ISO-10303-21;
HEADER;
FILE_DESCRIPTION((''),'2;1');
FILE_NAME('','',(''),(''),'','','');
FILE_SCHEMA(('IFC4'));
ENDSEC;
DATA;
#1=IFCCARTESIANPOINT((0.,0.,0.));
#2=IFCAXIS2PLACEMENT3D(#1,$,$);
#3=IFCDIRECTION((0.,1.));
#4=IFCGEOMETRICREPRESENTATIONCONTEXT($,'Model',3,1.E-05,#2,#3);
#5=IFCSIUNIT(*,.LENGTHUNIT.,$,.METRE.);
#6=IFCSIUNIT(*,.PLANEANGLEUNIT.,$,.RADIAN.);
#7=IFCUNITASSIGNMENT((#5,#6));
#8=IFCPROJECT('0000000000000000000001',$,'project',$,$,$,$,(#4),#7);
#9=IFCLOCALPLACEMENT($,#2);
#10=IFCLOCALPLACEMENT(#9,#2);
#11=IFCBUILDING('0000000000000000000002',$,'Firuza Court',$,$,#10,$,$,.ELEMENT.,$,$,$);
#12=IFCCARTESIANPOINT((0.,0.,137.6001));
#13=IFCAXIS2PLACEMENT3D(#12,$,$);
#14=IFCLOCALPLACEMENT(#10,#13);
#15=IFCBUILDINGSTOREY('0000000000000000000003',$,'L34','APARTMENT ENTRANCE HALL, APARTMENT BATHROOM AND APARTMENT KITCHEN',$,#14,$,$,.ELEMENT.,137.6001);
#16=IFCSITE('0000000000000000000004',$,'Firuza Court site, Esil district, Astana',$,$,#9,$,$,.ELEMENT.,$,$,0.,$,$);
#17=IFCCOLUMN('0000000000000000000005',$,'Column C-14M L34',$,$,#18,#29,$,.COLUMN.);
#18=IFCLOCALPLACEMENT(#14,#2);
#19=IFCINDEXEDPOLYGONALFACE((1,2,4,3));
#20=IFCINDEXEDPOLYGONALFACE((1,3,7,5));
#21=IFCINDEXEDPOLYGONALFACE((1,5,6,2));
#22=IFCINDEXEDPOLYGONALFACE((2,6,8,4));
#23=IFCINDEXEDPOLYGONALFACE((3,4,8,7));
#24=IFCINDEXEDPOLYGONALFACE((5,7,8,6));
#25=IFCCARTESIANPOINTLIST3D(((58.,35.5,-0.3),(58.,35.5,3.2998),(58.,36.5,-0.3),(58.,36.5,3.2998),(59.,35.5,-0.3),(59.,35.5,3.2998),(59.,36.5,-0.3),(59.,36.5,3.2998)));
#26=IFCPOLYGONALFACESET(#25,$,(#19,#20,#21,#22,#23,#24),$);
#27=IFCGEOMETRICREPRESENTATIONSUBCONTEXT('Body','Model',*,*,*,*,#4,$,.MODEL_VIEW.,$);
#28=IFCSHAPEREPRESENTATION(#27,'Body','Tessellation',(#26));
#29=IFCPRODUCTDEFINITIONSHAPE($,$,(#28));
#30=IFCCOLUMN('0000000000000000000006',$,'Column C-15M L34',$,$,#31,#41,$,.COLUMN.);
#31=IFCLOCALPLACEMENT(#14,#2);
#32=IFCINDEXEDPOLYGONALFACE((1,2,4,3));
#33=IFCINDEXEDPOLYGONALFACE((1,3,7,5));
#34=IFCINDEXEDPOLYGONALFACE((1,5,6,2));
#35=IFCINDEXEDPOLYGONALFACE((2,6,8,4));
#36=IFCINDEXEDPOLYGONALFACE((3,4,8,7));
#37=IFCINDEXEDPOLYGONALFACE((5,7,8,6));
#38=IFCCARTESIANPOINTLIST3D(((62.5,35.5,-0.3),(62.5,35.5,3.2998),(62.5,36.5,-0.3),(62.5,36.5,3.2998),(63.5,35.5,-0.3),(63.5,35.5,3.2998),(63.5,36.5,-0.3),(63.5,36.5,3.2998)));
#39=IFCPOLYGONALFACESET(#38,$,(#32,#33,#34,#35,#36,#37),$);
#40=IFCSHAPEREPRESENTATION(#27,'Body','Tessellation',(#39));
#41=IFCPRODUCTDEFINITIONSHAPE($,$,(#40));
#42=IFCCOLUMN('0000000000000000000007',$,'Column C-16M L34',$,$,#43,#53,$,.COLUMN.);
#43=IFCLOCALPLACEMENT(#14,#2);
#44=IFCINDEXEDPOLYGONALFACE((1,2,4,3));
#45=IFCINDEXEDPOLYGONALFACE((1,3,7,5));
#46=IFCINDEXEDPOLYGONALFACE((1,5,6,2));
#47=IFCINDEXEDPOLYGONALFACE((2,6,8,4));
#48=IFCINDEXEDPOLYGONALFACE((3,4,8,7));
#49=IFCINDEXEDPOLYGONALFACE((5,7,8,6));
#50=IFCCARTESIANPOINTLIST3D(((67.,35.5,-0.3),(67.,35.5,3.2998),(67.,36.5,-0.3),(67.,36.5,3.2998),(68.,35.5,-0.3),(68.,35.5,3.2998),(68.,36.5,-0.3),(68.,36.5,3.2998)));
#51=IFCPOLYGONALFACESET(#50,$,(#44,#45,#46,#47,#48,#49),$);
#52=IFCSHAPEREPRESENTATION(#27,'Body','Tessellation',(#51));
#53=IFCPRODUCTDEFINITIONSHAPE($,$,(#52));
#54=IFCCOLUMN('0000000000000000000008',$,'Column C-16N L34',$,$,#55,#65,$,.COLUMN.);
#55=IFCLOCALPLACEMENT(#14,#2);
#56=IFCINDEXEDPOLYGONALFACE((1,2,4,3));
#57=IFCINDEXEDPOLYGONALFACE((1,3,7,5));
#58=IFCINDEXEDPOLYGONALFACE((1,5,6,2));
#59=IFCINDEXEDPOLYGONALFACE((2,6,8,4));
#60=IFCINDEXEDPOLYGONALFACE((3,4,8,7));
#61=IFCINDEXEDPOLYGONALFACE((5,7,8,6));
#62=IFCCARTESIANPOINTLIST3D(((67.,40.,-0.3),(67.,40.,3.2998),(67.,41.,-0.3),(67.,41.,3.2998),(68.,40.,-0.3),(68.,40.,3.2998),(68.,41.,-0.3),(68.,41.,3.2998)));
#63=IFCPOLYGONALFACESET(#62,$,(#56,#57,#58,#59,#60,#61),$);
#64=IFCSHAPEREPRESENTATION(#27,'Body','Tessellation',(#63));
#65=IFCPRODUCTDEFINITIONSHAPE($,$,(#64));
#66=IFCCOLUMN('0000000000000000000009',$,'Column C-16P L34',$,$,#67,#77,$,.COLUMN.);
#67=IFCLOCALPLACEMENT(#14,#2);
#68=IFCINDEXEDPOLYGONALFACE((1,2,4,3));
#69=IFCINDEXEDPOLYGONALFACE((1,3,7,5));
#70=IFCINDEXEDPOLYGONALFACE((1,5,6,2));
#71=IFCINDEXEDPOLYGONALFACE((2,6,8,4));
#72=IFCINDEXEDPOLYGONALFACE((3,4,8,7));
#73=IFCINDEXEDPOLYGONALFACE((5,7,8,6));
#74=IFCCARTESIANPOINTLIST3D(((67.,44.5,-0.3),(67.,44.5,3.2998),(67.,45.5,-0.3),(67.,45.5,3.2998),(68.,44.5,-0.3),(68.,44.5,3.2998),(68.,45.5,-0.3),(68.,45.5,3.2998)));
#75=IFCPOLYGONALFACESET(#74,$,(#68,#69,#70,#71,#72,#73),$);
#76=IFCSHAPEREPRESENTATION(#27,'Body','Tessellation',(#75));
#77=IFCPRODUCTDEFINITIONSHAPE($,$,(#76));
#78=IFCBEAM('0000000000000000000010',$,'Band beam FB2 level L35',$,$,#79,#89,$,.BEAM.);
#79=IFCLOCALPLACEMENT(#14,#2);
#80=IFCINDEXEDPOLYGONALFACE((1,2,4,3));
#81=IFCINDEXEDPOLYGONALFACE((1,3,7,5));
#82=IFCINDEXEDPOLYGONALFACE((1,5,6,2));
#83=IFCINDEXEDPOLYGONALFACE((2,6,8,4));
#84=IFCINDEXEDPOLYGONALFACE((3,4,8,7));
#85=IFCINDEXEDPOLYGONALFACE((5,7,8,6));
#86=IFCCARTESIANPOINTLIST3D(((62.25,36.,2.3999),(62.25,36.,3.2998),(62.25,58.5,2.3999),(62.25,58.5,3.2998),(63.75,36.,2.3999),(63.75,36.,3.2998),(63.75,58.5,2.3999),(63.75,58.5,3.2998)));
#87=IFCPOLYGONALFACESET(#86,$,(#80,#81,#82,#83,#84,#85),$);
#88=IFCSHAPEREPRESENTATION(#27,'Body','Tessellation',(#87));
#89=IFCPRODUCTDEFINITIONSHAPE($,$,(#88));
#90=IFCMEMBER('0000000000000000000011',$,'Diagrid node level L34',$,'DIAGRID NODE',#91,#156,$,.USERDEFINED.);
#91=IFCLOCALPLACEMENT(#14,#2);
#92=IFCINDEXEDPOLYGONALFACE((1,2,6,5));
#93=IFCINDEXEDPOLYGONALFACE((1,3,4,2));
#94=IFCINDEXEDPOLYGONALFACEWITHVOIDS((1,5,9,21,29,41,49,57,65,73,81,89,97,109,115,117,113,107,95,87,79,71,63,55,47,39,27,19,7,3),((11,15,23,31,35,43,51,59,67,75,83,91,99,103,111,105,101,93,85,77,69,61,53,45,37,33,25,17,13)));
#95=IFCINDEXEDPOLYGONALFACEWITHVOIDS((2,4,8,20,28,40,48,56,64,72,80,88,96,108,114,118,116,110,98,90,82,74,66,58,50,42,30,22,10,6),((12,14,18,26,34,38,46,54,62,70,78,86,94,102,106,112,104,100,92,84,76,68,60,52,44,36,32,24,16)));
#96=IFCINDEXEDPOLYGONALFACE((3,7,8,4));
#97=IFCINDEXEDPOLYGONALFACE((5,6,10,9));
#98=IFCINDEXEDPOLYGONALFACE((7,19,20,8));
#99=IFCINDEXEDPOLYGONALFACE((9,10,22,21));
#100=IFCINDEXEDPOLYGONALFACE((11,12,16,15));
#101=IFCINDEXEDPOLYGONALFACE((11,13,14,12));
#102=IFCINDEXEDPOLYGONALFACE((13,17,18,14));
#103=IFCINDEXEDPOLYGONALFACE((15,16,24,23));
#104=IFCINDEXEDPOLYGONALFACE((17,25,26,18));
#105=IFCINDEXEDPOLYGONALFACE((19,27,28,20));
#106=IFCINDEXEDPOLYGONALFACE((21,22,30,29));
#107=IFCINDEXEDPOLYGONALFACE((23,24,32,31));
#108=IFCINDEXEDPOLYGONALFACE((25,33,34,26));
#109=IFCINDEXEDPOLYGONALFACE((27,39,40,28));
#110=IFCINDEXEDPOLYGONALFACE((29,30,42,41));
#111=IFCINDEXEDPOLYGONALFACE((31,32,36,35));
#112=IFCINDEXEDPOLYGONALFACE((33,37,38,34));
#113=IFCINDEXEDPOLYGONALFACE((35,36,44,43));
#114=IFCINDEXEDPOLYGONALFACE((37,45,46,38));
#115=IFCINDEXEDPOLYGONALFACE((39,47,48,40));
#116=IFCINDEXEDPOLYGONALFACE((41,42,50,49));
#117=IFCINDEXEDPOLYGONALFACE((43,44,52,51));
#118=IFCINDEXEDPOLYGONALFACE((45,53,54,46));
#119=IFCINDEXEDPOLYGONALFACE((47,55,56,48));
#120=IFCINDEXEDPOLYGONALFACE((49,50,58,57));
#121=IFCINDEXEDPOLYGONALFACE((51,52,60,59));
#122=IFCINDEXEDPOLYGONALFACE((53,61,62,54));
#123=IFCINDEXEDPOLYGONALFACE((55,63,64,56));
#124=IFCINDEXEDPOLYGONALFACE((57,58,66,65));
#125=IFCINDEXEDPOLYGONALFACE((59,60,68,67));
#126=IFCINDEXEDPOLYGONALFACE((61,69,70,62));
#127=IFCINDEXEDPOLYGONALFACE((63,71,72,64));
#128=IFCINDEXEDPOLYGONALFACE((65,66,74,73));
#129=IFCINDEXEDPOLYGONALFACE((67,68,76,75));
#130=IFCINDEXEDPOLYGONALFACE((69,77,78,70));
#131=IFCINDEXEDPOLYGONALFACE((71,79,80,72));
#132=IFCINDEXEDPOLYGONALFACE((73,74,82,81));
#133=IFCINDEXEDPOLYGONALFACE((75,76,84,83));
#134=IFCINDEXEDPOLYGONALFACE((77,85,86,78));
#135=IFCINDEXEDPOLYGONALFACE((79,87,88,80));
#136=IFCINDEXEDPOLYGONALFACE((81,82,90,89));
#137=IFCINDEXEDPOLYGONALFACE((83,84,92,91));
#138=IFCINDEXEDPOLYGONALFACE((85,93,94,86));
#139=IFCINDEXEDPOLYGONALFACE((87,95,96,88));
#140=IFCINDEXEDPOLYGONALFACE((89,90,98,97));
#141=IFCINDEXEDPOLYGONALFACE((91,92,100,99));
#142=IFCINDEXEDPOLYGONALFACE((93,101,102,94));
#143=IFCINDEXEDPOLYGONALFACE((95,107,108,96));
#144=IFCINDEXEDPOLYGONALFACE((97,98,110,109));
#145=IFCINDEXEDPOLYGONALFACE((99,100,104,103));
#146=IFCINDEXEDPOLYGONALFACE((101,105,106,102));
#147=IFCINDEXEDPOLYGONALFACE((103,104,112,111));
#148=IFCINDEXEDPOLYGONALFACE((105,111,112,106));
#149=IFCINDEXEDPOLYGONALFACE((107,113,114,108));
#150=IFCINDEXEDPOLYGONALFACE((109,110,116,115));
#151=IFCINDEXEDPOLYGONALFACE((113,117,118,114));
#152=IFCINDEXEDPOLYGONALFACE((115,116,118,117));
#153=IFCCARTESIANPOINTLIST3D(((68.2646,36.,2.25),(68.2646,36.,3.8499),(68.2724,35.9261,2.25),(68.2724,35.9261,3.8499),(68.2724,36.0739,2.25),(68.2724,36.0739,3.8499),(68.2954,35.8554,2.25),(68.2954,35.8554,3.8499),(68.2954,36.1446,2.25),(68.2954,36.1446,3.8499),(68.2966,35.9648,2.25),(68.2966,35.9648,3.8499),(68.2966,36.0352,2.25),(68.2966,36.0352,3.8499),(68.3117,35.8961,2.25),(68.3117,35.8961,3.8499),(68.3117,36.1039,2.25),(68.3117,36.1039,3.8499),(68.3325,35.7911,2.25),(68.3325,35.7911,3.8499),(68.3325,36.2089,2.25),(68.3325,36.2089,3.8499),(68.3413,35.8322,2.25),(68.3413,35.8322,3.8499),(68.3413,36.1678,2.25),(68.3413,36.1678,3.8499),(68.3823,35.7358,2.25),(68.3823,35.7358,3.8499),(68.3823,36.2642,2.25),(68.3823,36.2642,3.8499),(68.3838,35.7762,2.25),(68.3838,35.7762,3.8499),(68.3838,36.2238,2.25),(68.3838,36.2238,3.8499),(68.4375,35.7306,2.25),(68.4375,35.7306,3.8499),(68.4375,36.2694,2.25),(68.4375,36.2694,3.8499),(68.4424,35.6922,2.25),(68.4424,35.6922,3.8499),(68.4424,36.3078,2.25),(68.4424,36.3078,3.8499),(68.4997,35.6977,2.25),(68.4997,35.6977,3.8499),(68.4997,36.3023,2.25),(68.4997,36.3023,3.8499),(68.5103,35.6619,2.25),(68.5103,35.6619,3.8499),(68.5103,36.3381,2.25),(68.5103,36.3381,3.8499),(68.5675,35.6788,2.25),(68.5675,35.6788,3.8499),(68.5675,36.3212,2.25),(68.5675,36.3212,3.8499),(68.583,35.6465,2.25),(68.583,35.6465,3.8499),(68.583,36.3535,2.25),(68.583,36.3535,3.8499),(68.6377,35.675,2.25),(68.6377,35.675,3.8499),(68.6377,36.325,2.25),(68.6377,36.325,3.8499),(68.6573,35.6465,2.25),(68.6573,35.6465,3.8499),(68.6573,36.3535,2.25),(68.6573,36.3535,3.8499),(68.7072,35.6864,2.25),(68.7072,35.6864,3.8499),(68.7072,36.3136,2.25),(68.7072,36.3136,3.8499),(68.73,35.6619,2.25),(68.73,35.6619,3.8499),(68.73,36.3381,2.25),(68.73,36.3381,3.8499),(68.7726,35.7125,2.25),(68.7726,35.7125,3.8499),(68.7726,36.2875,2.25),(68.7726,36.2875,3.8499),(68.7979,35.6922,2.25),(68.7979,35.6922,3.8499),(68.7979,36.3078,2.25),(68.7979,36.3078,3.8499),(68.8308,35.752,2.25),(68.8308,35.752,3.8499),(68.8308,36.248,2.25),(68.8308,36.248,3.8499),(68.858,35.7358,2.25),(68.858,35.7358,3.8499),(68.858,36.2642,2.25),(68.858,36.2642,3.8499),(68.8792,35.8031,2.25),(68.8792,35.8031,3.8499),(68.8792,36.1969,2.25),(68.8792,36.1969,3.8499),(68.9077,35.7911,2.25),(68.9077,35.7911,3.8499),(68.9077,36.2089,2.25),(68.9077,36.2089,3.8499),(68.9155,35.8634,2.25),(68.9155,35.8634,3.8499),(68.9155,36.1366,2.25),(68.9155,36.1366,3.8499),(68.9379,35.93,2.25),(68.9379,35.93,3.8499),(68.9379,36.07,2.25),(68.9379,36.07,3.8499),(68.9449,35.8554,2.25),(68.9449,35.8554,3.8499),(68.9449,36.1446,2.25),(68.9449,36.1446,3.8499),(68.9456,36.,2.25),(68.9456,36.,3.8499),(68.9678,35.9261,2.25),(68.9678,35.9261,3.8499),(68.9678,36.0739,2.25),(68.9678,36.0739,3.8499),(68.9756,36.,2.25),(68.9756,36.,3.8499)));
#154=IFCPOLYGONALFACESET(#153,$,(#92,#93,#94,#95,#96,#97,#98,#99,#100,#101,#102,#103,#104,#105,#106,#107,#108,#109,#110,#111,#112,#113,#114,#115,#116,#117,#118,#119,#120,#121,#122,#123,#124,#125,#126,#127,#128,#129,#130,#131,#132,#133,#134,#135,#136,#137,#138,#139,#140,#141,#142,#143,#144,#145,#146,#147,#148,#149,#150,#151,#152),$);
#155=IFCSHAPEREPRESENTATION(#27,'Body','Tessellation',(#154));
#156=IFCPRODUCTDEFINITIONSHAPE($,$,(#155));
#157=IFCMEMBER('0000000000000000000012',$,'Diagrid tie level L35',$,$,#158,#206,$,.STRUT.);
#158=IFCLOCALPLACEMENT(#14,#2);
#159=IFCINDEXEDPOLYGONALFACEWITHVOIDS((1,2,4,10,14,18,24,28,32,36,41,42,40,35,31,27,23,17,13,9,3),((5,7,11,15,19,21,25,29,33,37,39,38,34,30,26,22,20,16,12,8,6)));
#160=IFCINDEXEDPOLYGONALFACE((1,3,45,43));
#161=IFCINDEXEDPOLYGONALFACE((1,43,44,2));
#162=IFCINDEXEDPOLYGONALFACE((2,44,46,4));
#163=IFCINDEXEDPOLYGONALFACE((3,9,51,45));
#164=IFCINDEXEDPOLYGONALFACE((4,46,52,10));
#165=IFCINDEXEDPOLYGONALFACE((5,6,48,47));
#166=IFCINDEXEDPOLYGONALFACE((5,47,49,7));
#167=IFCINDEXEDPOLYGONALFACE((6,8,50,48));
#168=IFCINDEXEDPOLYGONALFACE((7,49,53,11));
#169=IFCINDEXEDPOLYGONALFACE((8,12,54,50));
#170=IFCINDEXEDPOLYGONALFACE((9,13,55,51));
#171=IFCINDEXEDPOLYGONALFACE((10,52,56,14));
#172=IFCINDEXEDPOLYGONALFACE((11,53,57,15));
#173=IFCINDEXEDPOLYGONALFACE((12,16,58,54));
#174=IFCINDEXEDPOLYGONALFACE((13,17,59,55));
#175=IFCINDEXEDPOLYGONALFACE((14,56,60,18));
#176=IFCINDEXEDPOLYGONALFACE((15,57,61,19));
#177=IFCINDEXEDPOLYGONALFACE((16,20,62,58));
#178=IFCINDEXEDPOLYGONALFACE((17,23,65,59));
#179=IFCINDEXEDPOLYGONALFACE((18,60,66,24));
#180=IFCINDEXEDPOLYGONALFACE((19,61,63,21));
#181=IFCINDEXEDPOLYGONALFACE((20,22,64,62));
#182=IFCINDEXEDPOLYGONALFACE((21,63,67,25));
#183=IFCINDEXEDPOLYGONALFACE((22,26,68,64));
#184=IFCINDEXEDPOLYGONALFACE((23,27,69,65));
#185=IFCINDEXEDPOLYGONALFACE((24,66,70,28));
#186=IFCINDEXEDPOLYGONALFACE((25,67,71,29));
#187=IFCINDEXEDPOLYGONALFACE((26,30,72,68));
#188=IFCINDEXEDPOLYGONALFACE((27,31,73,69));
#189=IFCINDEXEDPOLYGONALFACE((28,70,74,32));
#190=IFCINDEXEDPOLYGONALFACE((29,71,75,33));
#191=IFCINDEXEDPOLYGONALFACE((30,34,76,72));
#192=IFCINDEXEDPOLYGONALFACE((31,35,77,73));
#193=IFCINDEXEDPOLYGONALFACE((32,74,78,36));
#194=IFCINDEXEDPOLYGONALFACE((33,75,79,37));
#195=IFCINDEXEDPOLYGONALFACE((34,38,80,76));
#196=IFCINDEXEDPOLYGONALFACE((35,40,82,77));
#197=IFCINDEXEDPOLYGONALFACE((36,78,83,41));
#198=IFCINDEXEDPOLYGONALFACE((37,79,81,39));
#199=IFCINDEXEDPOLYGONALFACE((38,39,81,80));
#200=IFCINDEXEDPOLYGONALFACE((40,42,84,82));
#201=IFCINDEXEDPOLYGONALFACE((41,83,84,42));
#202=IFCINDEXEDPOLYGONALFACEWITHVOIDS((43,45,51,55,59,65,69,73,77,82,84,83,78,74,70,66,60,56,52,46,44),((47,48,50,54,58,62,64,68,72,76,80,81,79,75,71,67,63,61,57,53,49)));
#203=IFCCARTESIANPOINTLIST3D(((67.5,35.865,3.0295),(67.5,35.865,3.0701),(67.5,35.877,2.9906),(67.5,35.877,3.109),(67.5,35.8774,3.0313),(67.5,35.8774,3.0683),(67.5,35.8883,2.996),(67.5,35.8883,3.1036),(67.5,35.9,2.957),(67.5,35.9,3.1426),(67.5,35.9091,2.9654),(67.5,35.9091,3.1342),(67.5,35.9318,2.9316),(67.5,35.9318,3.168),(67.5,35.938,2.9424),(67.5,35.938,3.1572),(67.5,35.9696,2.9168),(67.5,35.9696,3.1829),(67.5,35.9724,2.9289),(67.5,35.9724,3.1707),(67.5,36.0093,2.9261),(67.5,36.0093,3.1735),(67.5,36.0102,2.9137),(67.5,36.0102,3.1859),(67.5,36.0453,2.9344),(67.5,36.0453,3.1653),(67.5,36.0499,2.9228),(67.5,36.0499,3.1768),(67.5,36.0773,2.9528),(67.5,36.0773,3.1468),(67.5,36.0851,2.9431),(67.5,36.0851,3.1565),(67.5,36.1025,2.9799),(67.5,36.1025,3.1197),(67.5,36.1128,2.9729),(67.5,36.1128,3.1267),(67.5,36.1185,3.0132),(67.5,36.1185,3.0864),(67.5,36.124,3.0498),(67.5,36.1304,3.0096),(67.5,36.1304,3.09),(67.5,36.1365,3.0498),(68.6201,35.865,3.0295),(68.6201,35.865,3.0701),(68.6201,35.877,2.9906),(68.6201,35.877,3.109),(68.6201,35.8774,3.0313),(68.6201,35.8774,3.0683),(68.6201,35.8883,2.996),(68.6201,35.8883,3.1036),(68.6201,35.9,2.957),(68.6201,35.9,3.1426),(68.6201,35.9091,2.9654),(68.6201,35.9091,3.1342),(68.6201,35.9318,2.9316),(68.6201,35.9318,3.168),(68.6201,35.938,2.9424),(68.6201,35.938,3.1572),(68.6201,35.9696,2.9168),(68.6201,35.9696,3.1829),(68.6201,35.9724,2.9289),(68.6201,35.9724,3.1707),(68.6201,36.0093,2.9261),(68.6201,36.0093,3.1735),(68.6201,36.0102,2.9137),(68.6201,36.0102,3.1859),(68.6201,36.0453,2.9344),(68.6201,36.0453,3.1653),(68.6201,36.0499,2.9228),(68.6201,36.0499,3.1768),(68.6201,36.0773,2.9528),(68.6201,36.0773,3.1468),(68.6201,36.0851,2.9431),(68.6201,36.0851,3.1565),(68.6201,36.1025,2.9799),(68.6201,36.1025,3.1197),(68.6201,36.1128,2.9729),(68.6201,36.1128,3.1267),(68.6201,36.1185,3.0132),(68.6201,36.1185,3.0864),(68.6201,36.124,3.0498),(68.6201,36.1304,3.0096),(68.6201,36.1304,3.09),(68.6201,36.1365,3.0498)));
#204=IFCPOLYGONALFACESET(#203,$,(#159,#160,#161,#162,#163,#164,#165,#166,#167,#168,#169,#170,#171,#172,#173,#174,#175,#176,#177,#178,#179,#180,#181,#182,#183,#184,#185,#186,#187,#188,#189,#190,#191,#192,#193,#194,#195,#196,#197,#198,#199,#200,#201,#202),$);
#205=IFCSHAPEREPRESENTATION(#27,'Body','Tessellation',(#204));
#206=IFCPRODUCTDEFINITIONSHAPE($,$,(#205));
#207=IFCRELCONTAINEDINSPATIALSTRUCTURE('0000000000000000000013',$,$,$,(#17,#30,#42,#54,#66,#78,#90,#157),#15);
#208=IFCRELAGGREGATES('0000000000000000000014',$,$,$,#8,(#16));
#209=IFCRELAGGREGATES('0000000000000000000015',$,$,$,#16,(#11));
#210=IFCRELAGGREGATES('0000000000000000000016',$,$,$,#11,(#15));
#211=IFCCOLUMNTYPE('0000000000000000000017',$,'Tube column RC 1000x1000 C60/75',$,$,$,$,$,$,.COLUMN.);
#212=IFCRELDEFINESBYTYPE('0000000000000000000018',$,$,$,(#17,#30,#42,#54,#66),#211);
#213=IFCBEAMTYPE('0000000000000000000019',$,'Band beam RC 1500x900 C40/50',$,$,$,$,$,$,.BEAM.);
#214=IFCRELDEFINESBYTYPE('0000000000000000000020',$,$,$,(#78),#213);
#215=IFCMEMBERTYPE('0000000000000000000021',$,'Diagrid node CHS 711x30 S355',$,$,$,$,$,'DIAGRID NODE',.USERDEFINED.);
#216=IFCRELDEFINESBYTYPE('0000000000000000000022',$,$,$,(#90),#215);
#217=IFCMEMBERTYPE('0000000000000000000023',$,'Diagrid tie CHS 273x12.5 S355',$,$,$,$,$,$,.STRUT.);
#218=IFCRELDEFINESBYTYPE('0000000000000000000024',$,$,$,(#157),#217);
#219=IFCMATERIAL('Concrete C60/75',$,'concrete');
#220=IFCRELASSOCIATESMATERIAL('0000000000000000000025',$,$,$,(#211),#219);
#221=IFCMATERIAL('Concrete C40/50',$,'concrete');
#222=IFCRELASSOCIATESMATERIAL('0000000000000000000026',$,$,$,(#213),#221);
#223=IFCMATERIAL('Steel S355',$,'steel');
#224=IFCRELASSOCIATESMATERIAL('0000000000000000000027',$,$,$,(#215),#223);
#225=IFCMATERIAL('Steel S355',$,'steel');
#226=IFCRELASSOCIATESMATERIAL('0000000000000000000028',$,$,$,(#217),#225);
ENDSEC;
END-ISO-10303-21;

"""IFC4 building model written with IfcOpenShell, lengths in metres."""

from ifc_helpers import new_model, si_unit, direction, frame, origin, origin_2d, place, context, subcontext, project, spatial, rectangle, hollow_circle, extrude, material, material_profile, profile_set, type_object, element, save


model = new_model("IFC4")

# Units and contexts
model_context = context("Model", 3, precision=1e-05, world=origin(), true_north=direction((0.0, 1.0)))
body_context = subcontext(model_context, "Body", "Model", "MODEL_VIEW")
ifc_project = project(units=[si_unit("LENGTHUNIT", "METRE"), si_unit("PLANEANGLEUNIT", "RADIAN")], contexts=[model_context])

# Site, building, storey
site_placement = place(None, origin())
site = spatial("IfcSite", under=ifc_project, at=site_placement, Name="Firuza Court site, Esil district, Astana", CompositionType="ELEMENT", RefElevation=0.0)
building_placement = place(site_placement, origin())
building = spatial("IfcBuilding", under=site, at=building_placement, Name="Firuza Court", CompositionType="ELEMENT")
storey_placement = place(building_placement, frame((0.0, 0.0, 137.6001)))
storey = spatial("IfcBuildingStorey", under=building, at=storey_placement, Name="L34", Description="APARTMENT ENTRANCE HALL, APARTMENT BATHROOM AND APARTMENT KITCHEN", CompositionType="ELEMENT", Elevation=137.6001)

# Columns
ifc_material_1 = material(Name="Concrete C60/75", Category="concrete")
ifc_material_profile_1 = material_profile(ifc_material_1, rectangle(XDim=1.0, YDim=1.0, at=origin_2d()), Name="RC 1000x1000")
ifc_profile_set_1 = profile_set([ifc_material_profile_1], Name="Concrete C60/75")
column_type = type_object("IfcColumnType", Name="Tube column RC 1000x1000 C60/75", PredefinedType="COLUMN", material=ifc_profile_set_1)
for number, where, z_axis, x_axis, name in (
    (1, (58.5, 36.0, -0.3), (0.0, 0.0, 1.0), (1.0, 0.0, 0.0), "Column C-14M L34"),
    (2, (63.0, 36.0, -0.3), (0.0, 0.0, 1.0), (1.0, 0.0, 0.0), "Column C-15M L34"),
    (3, (67.5, 36.0, -0.3), (0.0, 0.0, 1.0), (1.0, 0.0, 0.0), "Column C-16M L34"),
    (4, (67.5, 40.5, -0.3), (0.0, 0.0, 1.0), (1.0, 0.0, 0.0), "Column C-16N L34"),
    (5, (67.5, 45.0, -0.3), (0.0, 0.0, 1.0), (1.0, 0.0, 0.0), "Column C-16P L34"),
):
    element("IfcColumn", number, at=place(storey_placement, frame(where, z_axis=z_axis, x_axis=x_axis)), inside=storey, type_object=column_type, Name=name, PredefinedType="COLUMN", context=body_context, shape_type="SweptSolid", body=[
        extrude(rectangle(XDim=1.0, YDim=1.0, at=origin_2d()), origin(), (0.0, 0.0, 1.0), 3.5999),
    ])

# Beam
ifc_material_2 = material(Name="Concrete C40/50", Category="concrete")
ifc_material_profile_2 = material_profile(ifc_material_2, rectangle(XDim=1.5, YDim=0.8999, at=origin_2d()), Name="RC 1500x900")
ifc_profile_set_2 = profile_set([ifc_material_profile_2], Name="Concrete C40/50")
beam_type_1 = type_object("IfcBeamType", Name="Band beam RC 1500x900 C40/50", PredefinedType="BEAM", material=ifc_profile_set_2)
beam_placement = place(storey_placement, frame((63.0, 36.0, 2.8499), z_axis=(0.0, 1.0, 0.0), x_axis=(-1.0, 0.0, 0.0)))
element("IfcBeam", 6, at=beam_placement, inside=storey, type_object=beam_type_1, Name="Band beam FB2 level L35", PredefinedType="BEAM", context=body_context, shape_type="SweptSolid", body=[
    extrude(rectangle(XDim=1.5, YDim=0.8999, at=origin_2d()), origin(), (0.0, 0.0, 1.0), 22.5),
])

# Members
ifc_material_3 = material(Name="Steel S355", Category="steel")
ifc_material_profile_3 = material_profile(ifc_material_3, hollow_circle(Radius=0.3555, WallThickness=0.03, at=origin_2d()), Name="CHS 711x30")
ifc_profile_set_3 = profile_set([ifc_material_profile_3], Name="Steel S355")
member_type_1 = type_object("IfcMemberType", Name="Diagrid node CHS 711x30 S355", ElementType="DIAGRID NODE", PredefinedType="USERDEFINED", material=ifc_profile_set_3)
member_1_placement = place(storey_placement, frame((68.6201, 36.0, 2.25), z_axis=(0.0, 0.0, 1.0), x_axis=(1.0, 0.0, 0.0)))
element("IfcMember", 7, at=member_1_placement, inside=storey, type_object=member_type_1, Name="Diagrid node level L34", ObjectType="DIAGRID NODE", PredefinedType="USERDEFINED", context=body_context, shape_type="SweptSolid", body=[
    extrude(hollow_circle(Radius=0.3555, WallThickness=0.03, at=origin_2d()), origin(), (0.0, 0.0, 1.0), 1.5999),
])
ifc_material_4 = material(Name="Steel S355", Category="steel")
ifc_material_profile_4 = material_profile(ifc_material_4, hollow_circle(Radius=0.1365, WallThickness=0.0125, at=origin_2d()), Name="CHS 273x12.5")
ifc_profile_set_4 = profile_set([ifc_material_profile_4], Name="Steel S355")
member_type_2 = type_object("IfcMemberType", Name="Diagrid tie CHS 273x12.5 S355", PredefinedType="STRUT", material=ifc_profile_set_4)
member_2_placement = place(storey_placement, frame((67.5, 36.0, 3.0498), z_axis=(1.0, 0.0, 0.0), x_axis=(0.0, 1.0, 0.0)))
element("IfcMember", 8, at=member_2_placement, inside=storey, type_object=member_type_2, Name="Diagrid tie level L35", PredefinedType="STRUT", context=body_context, shape_type="SweptSolid", body=[
    extrude(hollow_circle(Radius=0.1365, WallThickness=0.0125, at=origin_2d()), origin(), (0.0, 0.0, 1.0), 1.1201),
])

save(model, "model.ifc")
